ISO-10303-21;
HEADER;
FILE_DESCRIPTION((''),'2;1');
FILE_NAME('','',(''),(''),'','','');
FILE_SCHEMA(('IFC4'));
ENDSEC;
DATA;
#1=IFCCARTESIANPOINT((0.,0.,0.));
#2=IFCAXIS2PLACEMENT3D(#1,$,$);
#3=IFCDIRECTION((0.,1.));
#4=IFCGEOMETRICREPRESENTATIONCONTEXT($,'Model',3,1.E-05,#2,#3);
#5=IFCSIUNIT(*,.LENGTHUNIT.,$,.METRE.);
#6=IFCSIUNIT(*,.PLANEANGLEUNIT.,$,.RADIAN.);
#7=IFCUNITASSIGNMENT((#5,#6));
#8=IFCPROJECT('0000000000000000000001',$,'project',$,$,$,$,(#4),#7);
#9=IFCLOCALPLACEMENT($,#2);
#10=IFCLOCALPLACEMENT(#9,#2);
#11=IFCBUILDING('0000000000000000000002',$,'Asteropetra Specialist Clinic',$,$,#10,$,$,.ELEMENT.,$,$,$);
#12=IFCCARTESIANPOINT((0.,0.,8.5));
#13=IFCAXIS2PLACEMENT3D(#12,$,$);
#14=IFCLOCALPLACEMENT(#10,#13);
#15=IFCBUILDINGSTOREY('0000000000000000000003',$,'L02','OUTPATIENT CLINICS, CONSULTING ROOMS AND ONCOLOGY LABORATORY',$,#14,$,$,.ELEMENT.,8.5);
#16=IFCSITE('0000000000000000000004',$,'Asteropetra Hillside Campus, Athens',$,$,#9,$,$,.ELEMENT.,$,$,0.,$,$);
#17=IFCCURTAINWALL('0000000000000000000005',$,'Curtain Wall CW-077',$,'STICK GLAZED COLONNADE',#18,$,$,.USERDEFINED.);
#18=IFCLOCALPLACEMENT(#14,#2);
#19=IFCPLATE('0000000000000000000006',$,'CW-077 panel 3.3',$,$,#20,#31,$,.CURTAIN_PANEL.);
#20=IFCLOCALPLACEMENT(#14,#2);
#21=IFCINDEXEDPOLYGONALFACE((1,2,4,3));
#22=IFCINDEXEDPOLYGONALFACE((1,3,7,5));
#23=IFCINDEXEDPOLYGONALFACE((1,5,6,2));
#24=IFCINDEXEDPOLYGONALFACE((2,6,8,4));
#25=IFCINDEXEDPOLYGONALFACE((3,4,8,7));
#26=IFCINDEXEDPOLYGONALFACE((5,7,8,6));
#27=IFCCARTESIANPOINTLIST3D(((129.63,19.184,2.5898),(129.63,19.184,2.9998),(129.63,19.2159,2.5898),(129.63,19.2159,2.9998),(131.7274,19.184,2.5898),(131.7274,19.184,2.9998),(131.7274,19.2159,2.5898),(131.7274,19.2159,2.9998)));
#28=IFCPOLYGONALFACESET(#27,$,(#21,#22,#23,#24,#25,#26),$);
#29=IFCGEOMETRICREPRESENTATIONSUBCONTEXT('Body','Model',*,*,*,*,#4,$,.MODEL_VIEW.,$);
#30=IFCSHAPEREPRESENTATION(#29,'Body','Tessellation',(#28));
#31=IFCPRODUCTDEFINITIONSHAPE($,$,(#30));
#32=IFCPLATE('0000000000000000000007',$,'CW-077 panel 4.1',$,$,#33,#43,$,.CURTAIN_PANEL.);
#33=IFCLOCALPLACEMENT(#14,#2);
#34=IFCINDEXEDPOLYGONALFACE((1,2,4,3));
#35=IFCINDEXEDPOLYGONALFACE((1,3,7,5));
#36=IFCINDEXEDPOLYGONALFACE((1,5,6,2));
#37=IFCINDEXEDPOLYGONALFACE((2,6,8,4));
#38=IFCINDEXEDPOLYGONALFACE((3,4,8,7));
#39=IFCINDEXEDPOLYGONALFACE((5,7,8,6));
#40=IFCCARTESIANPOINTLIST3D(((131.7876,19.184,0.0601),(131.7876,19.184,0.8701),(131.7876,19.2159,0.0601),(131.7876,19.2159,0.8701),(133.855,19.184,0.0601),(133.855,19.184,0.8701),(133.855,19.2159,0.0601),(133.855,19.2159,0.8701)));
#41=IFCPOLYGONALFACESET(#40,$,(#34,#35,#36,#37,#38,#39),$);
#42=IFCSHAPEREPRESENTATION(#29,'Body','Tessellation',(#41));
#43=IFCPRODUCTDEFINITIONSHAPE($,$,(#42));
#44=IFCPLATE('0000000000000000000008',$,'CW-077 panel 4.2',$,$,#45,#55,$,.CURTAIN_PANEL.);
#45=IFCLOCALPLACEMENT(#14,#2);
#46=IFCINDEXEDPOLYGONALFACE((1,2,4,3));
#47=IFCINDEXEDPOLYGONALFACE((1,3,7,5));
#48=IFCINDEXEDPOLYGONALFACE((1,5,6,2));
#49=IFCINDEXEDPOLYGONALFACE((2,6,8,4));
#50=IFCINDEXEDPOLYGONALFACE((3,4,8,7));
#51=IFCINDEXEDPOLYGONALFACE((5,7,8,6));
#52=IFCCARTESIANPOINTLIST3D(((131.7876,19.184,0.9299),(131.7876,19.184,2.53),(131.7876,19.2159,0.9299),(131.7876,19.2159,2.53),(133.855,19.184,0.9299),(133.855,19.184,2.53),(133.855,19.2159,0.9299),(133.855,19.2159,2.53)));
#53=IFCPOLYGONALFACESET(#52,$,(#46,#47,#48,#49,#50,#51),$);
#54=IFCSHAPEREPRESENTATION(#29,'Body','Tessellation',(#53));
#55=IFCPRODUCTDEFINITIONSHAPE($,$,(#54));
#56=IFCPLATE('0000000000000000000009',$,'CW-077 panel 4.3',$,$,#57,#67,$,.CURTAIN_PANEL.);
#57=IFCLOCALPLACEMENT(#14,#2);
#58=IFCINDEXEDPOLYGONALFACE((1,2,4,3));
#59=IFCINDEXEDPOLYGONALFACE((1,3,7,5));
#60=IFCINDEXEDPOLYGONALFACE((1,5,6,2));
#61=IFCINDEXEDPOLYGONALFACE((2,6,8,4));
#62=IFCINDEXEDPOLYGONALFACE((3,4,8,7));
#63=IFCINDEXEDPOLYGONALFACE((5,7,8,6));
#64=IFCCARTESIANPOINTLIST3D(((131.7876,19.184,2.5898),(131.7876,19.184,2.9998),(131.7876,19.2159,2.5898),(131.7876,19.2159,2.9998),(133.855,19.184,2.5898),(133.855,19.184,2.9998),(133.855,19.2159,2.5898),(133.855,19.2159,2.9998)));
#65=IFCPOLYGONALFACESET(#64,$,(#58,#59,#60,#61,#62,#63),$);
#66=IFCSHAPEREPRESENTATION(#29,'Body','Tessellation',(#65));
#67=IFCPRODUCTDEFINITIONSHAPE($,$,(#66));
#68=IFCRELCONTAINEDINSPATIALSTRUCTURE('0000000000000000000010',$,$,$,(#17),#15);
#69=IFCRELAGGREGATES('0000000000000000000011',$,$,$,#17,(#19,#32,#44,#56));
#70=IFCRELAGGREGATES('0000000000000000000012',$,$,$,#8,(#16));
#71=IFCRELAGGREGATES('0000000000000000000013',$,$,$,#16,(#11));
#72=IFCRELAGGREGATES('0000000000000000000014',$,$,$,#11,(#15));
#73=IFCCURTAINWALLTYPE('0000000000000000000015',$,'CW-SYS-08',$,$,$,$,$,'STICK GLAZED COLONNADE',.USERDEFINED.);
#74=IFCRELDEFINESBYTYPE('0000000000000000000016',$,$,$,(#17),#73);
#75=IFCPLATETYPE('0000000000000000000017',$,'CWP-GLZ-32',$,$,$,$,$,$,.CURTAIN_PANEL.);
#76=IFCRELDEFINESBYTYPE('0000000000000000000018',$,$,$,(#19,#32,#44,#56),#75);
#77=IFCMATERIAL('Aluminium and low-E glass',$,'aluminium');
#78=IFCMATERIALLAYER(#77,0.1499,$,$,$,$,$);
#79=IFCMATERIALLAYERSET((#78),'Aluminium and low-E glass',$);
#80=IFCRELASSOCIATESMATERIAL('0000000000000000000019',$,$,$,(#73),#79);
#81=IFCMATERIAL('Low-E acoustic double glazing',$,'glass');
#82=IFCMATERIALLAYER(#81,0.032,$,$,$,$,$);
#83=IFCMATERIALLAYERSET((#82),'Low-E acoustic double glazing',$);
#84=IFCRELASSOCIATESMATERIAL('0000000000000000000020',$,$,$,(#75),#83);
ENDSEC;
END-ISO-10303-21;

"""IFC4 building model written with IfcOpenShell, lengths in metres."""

from ifc_helpers import new_model, si_unit, direction, frame, origin, origin_2d, place, context, subcontext, project, spatial, rectangle, extrude, material, layer, layer_set, type_object, element, aggregate, save


model = new_model("IFC4")

# Units and contexts
model_context = context("Model", 3, precision=1e-05, world=origin(), true_north=direction((0.0, 1.0)))
body_context = subcontext(model_context, "Body", "Model", "MODEL_VIEW")
ifc_project = project(units=[si_unit("LENGTHUNIT", "METRE"), si_unit("PLANEANGLEUNIT", "RADIAN")], contexts=[model_context])

# Site, building, storey
site_placement = place(None, origin())
site = spatial("IfcSite", under=ifc_project, at=site_placement, Name="Asteropetra Hillside Campus, Athens", CompositionType="ELEMENT", RefElevation=0.0)
building_placement = place(site_placement, origin())
building = spatial("IfcBuilding", under=site, at=building_placement, Name="Asteropetra Specialist Clinic", CompositionType="ELEMENT")
storey_placement = place(building_placement, frame((0.0, 0.0, 8.5)))
storey = spatial("IfcBuildingStorey", under=building, at=storey_placement, Name="L02", Description="OUTPATIENT CLINICS, CONSULTING ROOMS AND ONCOLOGY LABORATORY", CompositionType="ELEMENT", Elevation=8.5)

# Curtain wall
ifc_material_1 = material(Name="Aluminium and low-E glass", Category="aluminium")
ifc_layer_1 = layer(ifc_material_1, 0.1499)
ifc_layer_set_1 = layer_set([ifc_layer_1], Name="Aluminium and low-E glass")
curtain_wall_type = type_object("IfcCurtainWallType", Name="CW-SYS-08", ElementType="STICK GLAZED COLONNADE", PredefinedType="USERDEFINED", material=ifc_layer_set_1)
curtain_wall_placement = place(storey_placement, origin())
curtain_wall = element("IfcCurtainWall", 1, at=curtain_wall_placement, inside=storey, type_object=curtain_wall_type, Name="Curtain Wall CW-077", ObjectType="STICK GLAZED COLONNADE", PredefinedType="USERDEFINED")

# Plates
ifc_material_2 = material(Name="Low-E acoustic double glazing", Category="glass")
ifc_layer_2 = layer(ifc_material_2, 0.032)
ifc_layer_set_2 = layer_set([ifc_layer_2], Name="Low-E acoustic double glazing")
plate_type = type_object("IfcPlateType", Name="CWP-GLZ-32", PredefinedType="CURTAIN_PANEL", material=ifc_layer_set_2)
plate_1_placement = place(storey_placement, frame((130.6787, 19.2, 2.5898), z_axis=(0.0, 0.0, 1.0), x_axis=(1.0, 0.0, 0.0)))
plate_1 = element("IfcPlate", 2, at=plate_1_placement, type_object=plate_type, Name="CW-077 panel 3.3", PredefinedType="CURTAIN_PANEL", context=body_context, shape_type="SweptSolid", body=[
    extrude(rectangle(XDim=2.0974, YDim=0.032, at=origin_2d()), origin(), (0.0, 0.0, 1.0), 0.4099),
])
plate_2_placement = place(storey_placement, frame((132.8213, 19.2, 0.0601), z_axis=(0.0, 0.0, 1.0), x_axis=(1.0, 0.0, 0.0)))
plate_2 = element("IfcPlate", 3, at=plate_2_placement, type_object=plate_type, Name="CW-077 panel 4.1", PredefinedType="CURTAIN_PANEL", context=body_context, shape_type="SweptSolid", body=[
    extrude(rectangle(XDim=2.0674, YDim=0.032, at=origin_2d()), origin(), (0.0, 0.0, 1.0), 0.8101),
])
plate_3_placement = place(storey_placement, frame((132.8213, 19.2, 0.9299), z_axis=(0.0, 0.0, 1.0), x_axis=(1.0, 0.0, 0.0)))
plate_3 = element("IfcPlate", 4, at=plate_3_placement, type_object=plate_type, Name="CW-077 panel 4.2", PredefinedType="CURTAIN_PANEL", context=body_context, shape_type="SweptSolid", body=[
    extrude(rectangle(XDim=2.0674, YDim=0.032, at=origin_2d()), origin(), (0.0, 0.0, 1.0), 1.6001),
])
plate_4_placement = place(storey_placement, frame((132.8213, 19.2, 2.5898), z_axis=(0.0, 0.0, 1.0), x_axis=(1.0, 0.0, 0.0)))
plate_4 = element("IfcPlate", 5, at=plate_4_placement, type_object=plate_type, Name="CW-077 panel 4.3", PredefinedType="CURTAIN_PANEL", context=body_context, shape_type="SweptSolid", body=[
    extrude(rectangle(XDim=2.0674, YDim=0.032, at=origin_2d()), origin(), (0.0, 0.0, 1.0), 0.4099),
])
aggregate(curtain_wall, [plate_1, plate_2, plate_3, plate_4])

save(model, "model.ifc")
